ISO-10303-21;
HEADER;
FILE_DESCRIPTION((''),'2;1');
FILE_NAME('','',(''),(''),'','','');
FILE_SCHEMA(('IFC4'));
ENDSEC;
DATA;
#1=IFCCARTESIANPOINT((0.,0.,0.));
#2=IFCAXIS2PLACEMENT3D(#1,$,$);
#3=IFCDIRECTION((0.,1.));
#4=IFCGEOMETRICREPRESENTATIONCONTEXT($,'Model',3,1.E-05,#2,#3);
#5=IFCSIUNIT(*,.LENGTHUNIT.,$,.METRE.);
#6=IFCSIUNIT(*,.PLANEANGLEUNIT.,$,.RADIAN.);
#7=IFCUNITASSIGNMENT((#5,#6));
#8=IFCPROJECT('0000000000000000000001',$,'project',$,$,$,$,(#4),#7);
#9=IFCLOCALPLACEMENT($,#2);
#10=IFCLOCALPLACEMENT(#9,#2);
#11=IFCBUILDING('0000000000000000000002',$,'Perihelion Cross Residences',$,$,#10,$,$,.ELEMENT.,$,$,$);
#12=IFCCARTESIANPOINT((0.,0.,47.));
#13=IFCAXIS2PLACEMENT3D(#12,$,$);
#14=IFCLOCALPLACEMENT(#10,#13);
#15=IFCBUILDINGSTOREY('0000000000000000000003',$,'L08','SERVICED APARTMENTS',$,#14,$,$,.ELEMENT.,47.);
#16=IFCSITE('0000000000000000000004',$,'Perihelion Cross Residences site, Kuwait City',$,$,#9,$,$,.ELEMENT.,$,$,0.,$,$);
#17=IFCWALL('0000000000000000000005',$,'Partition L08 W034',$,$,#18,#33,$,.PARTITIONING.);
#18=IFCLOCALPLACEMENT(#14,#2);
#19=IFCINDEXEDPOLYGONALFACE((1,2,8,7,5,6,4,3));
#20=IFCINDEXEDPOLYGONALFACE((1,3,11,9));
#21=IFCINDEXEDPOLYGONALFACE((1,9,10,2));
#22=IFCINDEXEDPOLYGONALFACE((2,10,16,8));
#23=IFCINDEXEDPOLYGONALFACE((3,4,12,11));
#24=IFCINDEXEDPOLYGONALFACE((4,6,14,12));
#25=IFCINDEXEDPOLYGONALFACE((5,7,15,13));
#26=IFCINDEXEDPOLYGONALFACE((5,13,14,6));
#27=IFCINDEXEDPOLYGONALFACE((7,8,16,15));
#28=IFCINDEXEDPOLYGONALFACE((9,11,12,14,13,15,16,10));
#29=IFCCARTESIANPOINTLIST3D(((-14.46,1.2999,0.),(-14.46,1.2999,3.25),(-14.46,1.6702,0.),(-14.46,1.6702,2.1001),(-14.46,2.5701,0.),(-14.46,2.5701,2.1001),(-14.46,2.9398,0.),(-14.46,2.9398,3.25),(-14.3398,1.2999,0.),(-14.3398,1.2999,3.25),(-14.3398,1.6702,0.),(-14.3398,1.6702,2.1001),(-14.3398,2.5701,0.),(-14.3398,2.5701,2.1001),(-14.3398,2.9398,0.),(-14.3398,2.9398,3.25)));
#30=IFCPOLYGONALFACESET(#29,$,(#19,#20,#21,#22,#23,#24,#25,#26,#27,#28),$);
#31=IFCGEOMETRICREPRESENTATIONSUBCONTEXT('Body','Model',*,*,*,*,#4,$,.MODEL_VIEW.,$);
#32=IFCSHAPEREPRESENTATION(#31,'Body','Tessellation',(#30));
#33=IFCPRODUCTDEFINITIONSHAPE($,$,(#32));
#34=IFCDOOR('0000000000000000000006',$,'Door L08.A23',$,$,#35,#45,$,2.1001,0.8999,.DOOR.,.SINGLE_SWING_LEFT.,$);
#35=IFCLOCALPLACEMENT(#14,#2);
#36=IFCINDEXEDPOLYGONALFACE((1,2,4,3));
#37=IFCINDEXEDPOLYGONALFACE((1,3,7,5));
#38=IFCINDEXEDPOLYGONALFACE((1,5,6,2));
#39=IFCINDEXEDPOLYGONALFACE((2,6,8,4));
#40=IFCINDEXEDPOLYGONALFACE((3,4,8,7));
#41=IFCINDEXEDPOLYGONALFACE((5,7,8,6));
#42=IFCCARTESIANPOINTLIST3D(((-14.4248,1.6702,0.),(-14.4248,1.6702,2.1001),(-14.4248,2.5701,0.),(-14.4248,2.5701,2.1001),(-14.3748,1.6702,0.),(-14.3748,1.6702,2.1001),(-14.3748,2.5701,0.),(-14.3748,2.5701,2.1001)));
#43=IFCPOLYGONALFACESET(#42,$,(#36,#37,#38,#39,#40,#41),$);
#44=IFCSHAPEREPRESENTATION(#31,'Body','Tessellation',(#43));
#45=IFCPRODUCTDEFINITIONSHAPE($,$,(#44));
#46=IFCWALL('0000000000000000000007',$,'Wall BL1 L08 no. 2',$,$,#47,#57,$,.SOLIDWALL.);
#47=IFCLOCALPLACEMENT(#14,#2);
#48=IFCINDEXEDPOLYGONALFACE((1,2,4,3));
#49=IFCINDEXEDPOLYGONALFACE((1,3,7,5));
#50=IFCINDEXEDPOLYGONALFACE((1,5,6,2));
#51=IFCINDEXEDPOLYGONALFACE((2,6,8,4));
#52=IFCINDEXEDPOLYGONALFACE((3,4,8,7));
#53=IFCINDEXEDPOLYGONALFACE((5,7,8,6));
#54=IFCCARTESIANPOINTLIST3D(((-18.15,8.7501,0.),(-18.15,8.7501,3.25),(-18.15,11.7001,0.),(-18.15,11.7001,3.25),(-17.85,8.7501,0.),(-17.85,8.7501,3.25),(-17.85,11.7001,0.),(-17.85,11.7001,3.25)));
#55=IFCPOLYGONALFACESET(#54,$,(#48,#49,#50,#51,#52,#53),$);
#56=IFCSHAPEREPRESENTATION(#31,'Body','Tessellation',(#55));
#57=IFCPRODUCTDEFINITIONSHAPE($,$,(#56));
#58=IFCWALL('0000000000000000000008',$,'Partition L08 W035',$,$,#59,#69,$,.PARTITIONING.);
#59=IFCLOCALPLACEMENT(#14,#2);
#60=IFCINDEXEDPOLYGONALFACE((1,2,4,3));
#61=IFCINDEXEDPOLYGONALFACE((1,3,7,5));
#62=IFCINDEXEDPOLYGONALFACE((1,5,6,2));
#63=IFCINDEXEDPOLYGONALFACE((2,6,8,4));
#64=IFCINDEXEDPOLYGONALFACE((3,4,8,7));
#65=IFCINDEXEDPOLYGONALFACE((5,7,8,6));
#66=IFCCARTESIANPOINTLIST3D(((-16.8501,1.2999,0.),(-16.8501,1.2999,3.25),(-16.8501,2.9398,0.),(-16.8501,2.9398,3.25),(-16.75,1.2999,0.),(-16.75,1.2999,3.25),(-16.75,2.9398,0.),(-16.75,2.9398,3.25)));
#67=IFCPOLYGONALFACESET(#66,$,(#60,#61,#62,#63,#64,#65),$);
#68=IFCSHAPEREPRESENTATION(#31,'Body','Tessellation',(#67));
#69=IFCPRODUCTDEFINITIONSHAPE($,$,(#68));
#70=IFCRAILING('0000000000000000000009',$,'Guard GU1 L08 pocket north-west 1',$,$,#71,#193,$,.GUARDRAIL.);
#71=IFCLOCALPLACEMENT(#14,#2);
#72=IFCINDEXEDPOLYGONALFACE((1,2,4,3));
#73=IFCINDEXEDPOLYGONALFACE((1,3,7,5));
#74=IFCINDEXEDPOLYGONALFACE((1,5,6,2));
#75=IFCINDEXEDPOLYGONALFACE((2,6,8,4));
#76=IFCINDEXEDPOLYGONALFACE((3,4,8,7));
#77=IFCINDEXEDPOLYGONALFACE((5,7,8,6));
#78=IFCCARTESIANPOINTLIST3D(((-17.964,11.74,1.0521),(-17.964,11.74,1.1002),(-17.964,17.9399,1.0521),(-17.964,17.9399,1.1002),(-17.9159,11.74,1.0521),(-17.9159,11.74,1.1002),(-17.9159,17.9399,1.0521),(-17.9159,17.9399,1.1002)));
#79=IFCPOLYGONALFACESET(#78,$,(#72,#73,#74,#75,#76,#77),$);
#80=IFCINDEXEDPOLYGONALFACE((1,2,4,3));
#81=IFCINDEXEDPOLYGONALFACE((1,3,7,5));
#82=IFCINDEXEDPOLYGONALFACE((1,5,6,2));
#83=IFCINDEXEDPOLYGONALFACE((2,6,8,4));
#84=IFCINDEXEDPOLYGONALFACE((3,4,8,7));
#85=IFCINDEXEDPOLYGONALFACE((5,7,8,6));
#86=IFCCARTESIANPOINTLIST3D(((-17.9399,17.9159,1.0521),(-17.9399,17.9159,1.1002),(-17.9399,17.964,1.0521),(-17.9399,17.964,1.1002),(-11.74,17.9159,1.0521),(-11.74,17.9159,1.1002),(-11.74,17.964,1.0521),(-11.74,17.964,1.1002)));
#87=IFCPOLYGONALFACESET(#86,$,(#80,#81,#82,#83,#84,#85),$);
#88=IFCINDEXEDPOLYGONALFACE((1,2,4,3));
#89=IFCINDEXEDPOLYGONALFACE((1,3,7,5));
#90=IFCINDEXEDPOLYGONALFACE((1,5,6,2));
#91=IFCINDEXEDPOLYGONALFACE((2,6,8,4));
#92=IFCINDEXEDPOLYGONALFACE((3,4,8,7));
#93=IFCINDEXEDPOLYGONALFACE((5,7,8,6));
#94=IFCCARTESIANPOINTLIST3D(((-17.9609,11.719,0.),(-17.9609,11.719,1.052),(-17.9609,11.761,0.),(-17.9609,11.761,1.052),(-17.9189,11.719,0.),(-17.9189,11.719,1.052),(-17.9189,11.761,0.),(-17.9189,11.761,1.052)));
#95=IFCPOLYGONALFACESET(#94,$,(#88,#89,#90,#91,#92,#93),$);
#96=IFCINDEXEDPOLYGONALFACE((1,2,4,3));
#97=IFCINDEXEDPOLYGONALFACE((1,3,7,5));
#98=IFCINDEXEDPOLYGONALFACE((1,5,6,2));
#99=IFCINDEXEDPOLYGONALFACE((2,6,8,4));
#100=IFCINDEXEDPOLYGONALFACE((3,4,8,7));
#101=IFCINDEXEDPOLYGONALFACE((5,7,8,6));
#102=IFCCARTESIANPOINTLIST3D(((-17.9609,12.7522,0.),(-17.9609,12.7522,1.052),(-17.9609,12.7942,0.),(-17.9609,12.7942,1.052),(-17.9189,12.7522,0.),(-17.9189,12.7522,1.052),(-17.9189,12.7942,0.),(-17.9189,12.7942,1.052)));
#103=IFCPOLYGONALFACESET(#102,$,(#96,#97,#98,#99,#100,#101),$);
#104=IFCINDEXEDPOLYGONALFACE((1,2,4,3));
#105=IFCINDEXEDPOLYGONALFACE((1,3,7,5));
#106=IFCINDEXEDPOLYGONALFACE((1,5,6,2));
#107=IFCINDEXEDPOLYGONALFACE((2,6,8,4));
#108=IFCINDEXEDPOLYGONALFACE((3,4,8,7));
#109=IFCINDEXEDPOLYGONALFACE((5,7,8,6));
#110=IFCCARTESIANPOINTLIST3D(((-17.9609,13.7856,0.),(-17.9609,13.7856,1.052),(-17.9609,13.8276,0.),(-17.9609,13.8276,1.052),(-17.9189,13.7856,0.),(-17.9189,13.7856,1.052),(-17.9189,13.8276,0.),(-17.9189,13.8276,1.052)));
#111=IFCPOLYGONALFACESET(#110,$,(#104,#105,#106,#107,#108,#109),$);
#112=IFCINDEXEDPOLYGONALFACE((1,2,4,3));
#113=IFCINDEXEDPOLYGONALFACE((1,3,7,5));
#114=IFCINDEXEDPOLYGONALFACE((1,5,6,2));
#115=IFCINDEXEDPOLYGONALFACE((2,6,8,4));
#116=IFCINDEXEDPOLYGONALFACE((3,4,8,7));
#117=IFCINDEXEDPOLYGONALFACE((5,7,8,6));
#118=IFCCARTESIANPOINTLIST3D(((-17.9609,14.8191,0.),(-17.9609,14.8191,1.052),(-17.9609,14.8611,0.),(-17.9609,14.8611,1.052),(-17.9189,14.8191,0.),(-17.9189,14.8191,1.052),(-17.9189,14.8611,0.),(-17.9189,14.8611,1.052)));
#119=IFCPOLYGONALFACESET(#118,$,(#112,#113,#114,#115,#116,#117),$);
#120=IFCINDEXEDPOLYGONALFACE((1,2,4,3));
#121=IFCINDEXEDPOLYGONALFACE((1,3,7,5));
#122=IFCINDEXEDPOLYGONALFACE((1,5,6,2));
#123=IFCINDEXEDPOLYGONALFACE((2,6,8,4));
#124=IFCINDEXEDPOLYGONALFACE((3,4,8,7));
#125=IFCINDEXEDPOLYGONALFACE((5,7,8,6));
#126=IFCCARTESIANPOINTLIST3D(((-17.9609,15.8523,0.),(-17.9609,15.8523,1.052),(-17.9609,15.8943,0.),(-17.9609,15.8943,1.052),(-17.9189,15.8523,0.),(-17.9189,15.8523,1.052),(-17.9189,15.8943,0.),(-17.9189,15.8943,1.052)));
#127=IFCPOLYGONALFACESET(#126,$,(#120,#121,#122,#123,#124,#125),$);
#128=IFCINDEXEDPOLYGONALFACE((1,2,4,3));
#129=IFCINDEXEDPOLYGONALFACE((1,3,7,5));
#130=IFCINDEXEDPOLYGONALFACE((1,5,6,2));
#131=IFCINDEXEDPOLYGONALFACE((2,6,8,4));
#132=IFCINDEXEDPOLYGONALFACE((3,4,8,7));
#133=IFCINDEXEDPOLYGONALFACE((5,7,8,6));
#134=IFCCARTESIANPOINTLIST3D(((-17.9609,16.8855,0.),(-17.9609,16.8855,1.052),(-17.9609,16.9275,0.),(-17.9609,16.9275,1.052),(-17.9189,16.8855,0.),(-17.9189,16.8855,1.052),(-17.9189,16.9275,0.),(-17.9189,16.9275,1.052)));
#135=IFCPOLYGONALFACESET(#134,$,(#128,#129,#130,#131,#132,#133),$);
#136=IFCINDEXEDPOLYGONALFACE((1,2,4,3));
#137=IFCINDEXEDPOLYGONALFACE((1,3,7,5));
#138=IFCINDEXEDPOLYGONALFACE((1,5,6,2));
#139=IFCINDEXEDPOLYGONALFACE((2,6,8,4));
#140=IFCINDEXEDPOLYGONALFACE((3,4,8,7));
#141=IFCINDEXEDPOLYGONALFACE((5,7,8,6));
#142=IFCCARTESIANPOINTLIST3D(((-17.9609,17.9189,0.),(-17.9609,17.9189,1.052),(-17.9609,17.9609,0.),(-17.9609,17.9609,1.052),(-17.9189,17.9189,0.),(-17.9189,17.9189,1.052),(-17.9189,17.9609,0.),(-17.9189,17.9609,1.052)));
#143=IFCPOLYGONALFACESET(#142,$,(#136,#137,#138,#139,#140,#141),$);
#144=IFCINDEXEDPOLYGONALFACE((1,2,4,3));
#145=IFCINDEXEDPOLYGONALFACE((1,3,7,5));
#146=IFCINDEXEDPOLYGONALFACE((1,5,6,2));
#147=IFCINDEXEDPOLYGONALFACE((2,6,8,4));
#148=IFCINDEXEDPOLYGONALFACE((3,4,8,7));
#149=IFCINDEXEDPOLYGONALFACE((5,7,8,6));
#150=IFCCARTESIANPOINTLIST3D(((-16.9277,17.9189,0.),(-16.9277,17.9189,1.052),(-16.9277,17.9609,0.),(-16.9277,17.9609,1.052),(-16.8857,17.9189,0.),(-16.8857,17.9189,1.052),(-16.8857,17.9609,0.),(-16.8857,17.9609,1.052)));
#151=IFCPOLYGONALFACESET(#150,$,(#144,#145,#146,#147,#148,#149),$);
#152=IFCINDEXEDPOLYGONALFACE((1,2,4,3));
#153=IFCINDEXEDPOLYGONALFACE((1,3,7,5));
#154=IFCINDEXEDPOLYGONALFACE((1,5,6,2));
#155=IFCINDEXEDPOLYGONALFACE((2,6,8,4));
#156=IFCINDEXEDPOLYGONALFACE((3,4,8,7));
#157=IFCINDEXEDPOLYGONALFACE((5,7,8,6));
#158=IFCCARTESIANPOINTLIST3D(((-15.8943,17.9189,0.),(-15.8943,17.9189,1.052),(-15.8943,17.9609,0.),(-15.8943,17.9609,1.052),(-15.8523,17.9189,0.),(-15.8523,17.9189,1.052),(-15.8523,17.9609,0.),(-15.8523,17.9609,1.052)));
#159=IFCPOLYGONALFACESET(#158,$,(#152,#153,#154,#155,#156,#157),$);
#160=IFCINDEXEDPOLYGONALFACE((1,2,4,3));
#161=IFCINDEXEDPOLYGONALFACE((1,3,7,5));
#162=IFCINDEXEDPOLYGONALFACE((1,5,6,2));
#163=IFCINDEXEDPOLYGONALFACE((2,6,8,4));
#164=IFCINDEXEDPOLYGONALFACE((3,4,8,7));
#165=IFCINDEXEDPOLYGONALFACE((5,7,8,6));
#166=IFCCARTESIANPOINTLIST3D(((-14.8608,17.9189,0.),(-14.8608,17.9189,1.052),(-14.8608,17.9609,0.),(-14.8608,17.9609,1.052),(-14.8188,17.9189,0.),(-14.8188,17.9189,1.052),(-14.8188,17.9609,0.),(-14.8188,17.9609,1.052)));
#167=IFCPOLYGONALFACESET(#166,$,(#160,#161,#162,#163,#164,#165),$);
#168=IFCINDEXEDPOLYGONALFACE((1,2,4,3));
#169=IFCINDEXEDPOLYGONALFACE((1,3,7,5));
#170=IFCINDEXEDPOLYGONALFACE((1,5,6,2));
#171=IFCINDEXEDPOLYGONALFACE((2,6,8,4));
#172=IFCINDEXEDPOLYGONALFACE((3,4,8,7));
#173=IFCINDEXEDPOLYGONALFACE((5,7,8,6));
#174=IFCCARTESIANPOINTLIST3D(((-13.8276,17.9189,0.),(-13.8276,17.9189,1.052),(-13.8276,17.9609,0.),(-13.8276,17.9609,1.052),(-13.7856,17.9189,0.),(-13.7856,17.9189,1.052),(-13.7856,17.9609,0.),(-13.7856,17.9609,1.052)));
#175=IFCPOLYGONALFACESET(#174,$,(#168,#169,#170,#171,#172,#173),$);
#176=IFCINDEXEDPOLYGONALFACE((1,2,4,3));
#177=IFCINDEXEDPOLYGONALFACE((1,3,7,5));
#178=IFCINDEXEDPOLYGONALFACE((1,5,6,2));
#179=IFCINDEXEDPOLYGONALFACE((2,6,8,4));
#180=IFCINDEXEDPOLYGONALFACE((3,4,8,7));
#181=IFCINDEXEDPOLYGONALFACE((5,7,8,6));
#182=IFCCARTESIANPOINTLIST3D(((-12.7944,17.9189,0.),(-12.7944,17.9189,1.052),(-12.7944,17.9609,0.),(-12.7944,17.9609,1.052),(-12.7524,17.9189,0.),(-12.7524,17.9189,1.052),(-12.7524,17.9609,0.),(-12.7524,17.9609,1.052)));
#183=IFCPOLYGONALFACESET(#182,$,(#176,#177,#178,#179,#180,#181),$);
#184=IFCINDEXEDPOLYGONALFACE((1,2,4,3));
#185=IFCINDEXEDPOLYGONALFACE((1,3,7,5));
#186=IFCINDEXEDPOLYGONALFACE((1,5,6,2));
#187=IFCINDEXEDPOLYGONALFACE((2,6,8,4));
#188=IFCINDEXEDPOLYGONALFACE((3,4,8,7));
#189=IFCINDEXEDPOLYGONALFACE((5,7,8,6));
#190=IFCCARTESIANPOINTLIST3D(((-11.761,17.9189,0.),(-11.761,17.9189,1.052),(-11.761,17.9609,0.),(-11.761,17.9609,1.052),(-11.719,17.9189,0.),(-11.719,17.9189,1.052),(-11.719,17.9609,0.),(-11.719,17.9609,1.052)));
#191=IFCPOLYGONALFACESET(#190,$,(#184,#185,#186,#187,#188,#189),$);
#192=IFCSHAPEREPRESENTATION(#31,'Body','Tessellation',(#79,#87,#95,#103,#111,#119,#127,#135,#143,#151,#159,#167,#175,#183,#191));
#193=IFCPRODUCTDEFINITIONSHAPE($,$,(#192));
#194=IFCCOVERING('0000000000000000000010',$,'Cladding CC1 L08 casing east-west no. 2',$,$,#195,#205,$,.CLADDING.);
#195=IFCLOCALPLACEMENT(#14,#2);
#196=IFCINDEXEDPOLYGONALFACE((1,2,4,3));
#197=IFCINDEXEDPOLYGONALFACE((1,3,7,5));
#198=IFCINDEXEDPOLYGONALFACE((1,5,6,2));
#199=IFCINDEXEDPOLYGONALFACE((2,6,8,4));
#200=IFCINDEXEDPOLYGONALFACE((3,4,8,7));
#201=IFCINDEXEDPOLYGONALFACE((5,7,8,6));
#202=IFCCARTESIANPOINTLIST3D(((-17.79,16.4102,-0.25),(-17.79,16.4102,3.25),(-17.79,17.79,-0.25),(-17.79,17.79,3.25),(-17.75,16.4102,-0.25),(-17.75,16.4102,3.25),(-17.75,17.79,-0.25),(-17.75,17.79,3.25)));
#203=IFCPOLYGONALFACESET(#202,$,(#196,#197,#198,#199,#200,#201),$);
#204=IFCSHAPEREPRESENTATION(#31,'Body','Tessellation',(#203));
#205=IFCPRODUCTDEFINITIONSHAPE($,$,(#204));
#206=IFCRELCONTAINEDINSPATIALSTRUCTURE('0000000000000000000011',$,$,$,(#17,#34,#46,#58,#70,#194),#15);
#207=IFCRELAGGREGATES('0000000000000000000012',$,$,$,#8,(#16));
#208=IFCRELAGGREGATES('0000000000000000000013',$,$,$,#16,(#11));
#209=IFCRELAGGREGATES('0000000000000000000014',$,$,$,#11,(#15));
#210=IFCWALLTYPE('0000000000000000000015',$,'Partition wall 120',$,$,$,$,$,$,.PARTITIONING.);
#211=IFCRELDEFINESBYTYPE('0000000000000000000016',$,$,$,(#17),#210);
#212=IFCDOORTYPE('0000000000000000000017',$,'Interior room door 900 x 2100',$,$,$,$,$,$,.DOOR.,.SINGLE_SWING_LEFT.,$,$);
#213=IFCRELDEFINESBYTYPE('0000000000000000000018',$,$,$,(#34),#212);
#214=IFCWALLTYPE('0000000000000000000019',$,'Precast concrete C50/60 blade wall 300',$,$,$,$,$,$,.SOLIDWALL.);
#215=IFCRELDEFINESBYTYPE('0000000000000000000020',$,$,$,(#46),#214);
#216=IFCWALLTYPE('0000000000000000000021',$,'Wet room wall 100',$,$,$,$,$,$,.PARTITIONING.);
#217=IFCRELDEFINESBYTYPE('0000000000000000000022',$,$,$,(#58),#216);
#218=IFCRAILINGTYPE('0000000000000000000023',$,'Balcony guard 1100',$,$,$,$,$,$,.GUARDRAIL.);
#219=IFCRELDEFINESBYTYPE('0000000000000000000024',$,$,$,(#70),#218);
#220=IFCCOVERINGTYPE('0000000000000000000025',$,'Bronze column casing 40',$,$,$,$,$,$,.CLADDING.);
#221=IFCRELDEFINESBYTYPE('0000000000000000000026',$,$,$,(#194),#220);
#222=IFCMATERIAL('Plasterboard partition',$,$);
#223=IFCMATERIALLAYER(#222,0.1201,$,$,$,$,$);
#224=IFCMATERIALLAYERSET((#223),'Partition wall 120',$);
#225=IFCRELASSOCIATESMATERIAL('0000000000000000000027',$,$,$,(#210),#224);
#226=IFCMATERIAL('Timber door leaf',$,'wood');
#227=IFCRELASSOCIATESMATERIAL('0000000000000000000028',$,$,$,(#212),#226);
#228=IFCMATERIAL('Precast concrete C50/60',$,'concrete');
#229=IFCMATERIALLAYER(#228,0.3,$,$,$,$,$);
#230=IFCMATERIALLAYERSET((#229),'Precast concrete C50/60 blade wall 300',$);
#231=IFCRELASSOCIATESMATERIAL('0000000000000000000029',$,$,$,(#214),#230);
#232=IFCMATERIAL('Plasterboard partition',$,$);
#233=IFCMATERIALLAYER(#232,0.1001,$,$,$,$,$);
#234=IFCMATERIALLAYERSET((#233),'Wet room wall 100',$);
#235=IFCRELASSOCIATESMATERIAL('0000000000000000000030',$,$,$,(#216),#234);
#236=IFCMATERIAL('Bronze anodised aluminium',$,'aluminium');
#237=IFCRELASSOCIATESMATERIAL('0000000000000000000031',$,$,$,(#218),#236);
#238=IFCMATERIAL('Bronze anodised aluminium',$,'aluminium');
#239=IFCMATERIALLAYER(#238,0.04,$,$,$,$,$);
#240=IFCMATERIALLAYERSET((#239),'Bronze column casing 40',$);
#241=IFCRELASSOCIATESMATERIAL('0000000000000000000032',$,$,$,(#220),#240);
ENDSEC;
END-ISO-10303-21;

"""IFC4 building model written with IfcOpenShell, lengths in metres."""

from ifc_helpers import new_model, si_unit, direction, frame, frame_2d, origin, origin_2d, place, context, subcontext, project, spatial, rectangle, extrude, material, layer, layer_set, type_object, element, fill, save


model = new_model("IFC4")

# Units and contexts
model_context = context("Model", 3, precision=1e-05, world=origin(), true_north=direction((0.0, 1.0)))
body_context = subcontext(model_context, "Body", "Model", "MODEL_VIEW")
ifc_project = project(units=[si_unit("LENGTHUNIT", "METRE"), si_unit("PLANEANGLEUNIT", "RADIAN")], contexts=[model_context])

# Site, building, storey
site_placement = place(None, origin())
site = spatial("IfcSite", under=ifc_project, at=site_placement, Name="Perihelion Cross Residences site, Kuwait City", CompositionType="ELEMENT", RefElevation=0.0)
building_placement = place(site_placement, origin())
building = spatial("IfcBuilding", under=site, at=building_placement, Name="Perihelion Cross Residences", CompositionType="ELEMENT")
storey_placement = place(building_placement, frame((0.0, 0.0, 47.0)))
storey = spatial("IfcBuildingStorey", under=building, at=storey_placement, Name="L08", Description="SERVICED APARTMENTS", CompositionType="ELEMENT", Elevation=47.0)

# Wall, opening, door
ifc_material_1 = material(Name="Plasterboard partition")
ifc_layer_1 = layer(ifc_material_1, 0.1201)
ifc_layer_set_1 = layer_set([ifc_layer_1], Name="Partition wall 120")
wall_type_1 = type_object("IfcWallType", Name="Partition wall 120", PredefinedType="PARTITIONING", material=ifc_layer_set_1)
ifc_material_2 = material(Name="Timber door leaf", Category="wood")
door_type_1 = type_object("IfcDoorType", Name="Interior room door 900 x 2100", OperationType="SINGLE_SWING_LEFT", PredefinedType="DOOR", material=ifc_material_2)
wall_1_placement = place(storey_placement, frame((-14.3999, 1.3, 0.0), z_axis=(0.0, 0.0, 1.0), x_axis=(0.0, 1.0, 0.0)))
wall_1 = element("IfcWall", 1, at=wall_1_placement, inside=storey, type_object=wall_type_1, Name="Partition L08 W034", PredefinedType="PARTITIONING", context=body_context, shape_type="SweptSolid", body=[
    extrude(rectangle(XDim=1.6399, YDim=0.1201, at=frame_2d((0.8198, 0.0))), origin(), (0.0, 0.0, 1.0), 3.25),
])
opening_1_placement = place(wall_1_placement, frame((0.3701, 0.0, 0.0)))
opening_1 = element("IfcOpeningElement", 2, at=opening_1_placement, cuts=wall_1, PredefinedType="OPENING", context=body_context, shape_type="SweptSolid", body=[
    extrude(rectangle(XDim=0.8999, YDim=2.1001, at=frame_2d((0.45, 1.05))), frame((0.0, 0.0701, 0.0), z_axis=(0.0, -1.0, 0.0), x_axis=(1.0, 0.0, 0.0)), (0.0, 0.0, 1.0), 0.1401),
])
door_1_placement = place(opening_1_placement, origin())
door_1 = element("IfcDoor", 3, at=door_1_placement, inside=storey, type_object=door_type_1, Name="Door L08.A23", OperationType="SINGLE_SWING_LEFT", OverallHeight=2.1001, OverallWidth=0.8999, PredefinedType="DOOR", context=body_context, shape_type="SweptSolid", body=[
    extrude(rectangle(XDim=0.8999, YDim=2.1001, at=frame_2d((0.45, 1.05))), frame((0.0, 0.0249, 0.0), z_axis=(0.0, -1.0, 0.0), x_axis=(1.0, 0.0, 0.0)), (0.0, 0.0, 1.0), 0.05),
])
fill(opening_1, door_1)

# Walls
ifc_material_3 = material(Name="Precast concrete C50/60", Category="concrete")
ifc_layer_2 = layer(ifc_material_3, 0.3)
ifc_layer_set_2 = layer_set([ifc_layer_2], Name="Precast concrete C50/60 blade wall 300")
wall_type_2 = type_object("IfcWallType", Name="Precast concrete C50/60 blade wall 300", PredefinedType="SOLIDWALL", material=ifc_layer_set_2)
wall_2_placement = place(storey_placement, frame((-18.0, 8.75, 0.0), z_axis=(0.0, 0.0, 1.0), x_axis=(0.0, 1.0, 0.0)))
element("IfcWall", 4, at=wall_2_placement, inside=storey, type_object=wall_type_2, Name="Wall BL1 L08 no. 2", PredefinedType="SOLIDWALL", context=body_context, shape_type="SweptSolid", body=[
    extrude(rectangle(XDim=2.95, YDim=0.3, at=frame_2d((1.4751, 0.0))), origin(), (0.0, 0.0, 1.0), 3.25),
])
ifc_material_4 = material(Name="Plasterboard partition")
ifc_layer_3 = layer(ifc_material_4, 0.1001)
ifc_layer_set_3 = layer_set([ifc_layer_3], Name="Wet room wall 100")
wall_type_3 = type_object("IfcWallType", Name="Wet room wall 100", PredefinedType="PARTITIONING", material=ifc_layer_set_3)
wall_3_placement = place(storey_placement, frame((-16.8, 1.3, 0.0), z_axis=(0.0, 0.0, 1.0), x_axis=(0.0, 1.0, 0.0)))
element("IfcWall", 5, at=wall_3_placement, inside=storey, type_object=wall_type_3, Name="Partition L08 W035", PredefinedType="PARTITIONING", context=body_context, shape_type="SweptSolid", body=[
    extrude(rectangle(XDim=1.6399, YDim=0.1001, at=frame_2d((0.8198, 0.0))), origin(), (0.0, 0.0, 1.0), 3.25),
])

# Railing
ifc_material_5 = material(Name="Bronze anodised aluminium", Category="aluminium")
railing_type = type_object("IfcRailingType", Name="Balcony guard 1100", PredefinedType="GUARDRAIL", material=ifc_material_5)
railing_1_placement = place(storey_placement, frame((-17.9399, 11.74, 0.0)))
element("IfcRailing", 6, at=railing_1_placement, inside=storey, type_object=railing_type, Name="Guard GU1 L08 pocket north-west 1", PredefinedType="GUARDRAIL", context=body_context, shape_type="SweptSolid", body=[
    extrude(rectangle(XDim=0.0481, YDim=0.0481, at=origin_2d()), frame((0.0, 0.0, 1.0762), z_axis=(0.0, 1.0, 0.0), x_axis=(-1.0, 0.0, 0.0)), (0.0, 0.0, 1.0), 6.2),
    extrude(rectangle(XDim=0.0481, YDim=0.0481, at=origin_2d()), frame((0.0, 6.2, 1.0762), z_axis=(1.0, 0.0, 0.0), x_axis=(0.0, 1.0, 0.0)), (0.0, 0.0, 1.0), 6.2),
    extrude(rectangle(XDim=0.042, YDim=0.042, at=origin_2d()), origin(), (0.0, 0.0, 1.0), 1.052),
    extrude(rectangle(XDim=0.042, YDim=0.042, at=origin_2d()), frame((0.0, 1.0332, 0.0)), (0.0, 0.0, 1.0), 1.052),
    extrude(rectangle(XDim=0.042, YDim=0.042, at=origin_2d()), frame((0.0, 2.0667, 0.0)), (0.0, 0.0, 1.0), 1.052),
    extrude(rectangle(XDim=0.042, YDim=0.042, at=origin_2d()), frame((0.0, 3.1001, 0.0)), (0.0, 0.0, 1.0), 1.052),
    extrude(rectangle(XDim=0.042, YDim=0.042, at=origin_2d()), frame((0.0, 4.1333, 0.0)), (0.0, 0.0, 1.0), 1.052),
    extrude(rectangle(XDim=0.042, YDim=0.042, at=origin_2d()), frame((0.0, 5.1665, 0.0)), (0.0, 0.0, 1.0), 1.052),
    extrude(rectangle(XDim=0.042, YDim=0.042, at=origin_2d()), frame((0.0, 6.2, 0.0)), (0.0, 0.0, 1.0), 1.052),
    extrude(rectangle(XDim=0.042, YDim=0.042, at=origin_2d()), frame((1.0332, 6.2, 0.0)), (0.0, 0.0, 1.0), 1.052),
    extrude(rectangle(XDim=0.042, YDim=0.042, at=origin_2d()), frame((2.0667, 6.2, 0.0)), (0.0, 0.0, 1.0), 1.052),
    extrude(rectangle(XDim=0.042, YDim=0.042, at=origin_2d()), frame((3.1001, 6.2, 0.0)), (0.0, 0.0, 1.0), 1.052),
    extrude(rectangle(XDim=0.042, YDim=0.042, at=origin_2d()), frame((4.1333, 6.2, 0.0)), (0.0, 0.0, 1.0), 1.052),
    extrude(rectangle(XDim=0.042, YDim=0.042, at=origin_2d()), frame((5.1665, 6.2, 0.0)), (0.0, 0.0, 1.0), 1.052),
    extrude(rectangle(XDim=0.042, YDim=0.042, at=origin_2d()), frame((6.2, 6.2, 0.0)), (0.0, 0.0, 1.0), 1.052),
])

# Covering
ifc_material_6 = material(Name="Bronze anodised aluminium", Category="aluminium")
ifc_layer_4 = layer(ifc_material_6, 0.04)
ifc_layer_set_4 = layer_set([ifc_layer_4], Name="Bronze column casing 40")
covering_type = type_object("IfcCoveringType", Name="Bronze column casing 40", PredefinedType="CLADDING", material=ifc_layer_set_4)
covering_1_placement = place(storey_placement, frame((-17.77, 17.1001, -0.25), z_axis=(0.0, 0.0, 1.0), x_axis=(1.0, 0.0, 0.0)))
element("IfcCovering", 7, at=covering_1_placement, inside=storey, type_object=covering_type, Name="Cladding CC1 L08 casing east-west no. 2", PredefinedType="CLADDING", context=body_context, shape_type="SweptSolid", body=[
    extrude(rectangle(XDim=0.04, YDim=1.3799, at=origin_2d()), origin(), (0.0, 0.0, 1.0), 3.5),
])

save(model, "model.ifc")
